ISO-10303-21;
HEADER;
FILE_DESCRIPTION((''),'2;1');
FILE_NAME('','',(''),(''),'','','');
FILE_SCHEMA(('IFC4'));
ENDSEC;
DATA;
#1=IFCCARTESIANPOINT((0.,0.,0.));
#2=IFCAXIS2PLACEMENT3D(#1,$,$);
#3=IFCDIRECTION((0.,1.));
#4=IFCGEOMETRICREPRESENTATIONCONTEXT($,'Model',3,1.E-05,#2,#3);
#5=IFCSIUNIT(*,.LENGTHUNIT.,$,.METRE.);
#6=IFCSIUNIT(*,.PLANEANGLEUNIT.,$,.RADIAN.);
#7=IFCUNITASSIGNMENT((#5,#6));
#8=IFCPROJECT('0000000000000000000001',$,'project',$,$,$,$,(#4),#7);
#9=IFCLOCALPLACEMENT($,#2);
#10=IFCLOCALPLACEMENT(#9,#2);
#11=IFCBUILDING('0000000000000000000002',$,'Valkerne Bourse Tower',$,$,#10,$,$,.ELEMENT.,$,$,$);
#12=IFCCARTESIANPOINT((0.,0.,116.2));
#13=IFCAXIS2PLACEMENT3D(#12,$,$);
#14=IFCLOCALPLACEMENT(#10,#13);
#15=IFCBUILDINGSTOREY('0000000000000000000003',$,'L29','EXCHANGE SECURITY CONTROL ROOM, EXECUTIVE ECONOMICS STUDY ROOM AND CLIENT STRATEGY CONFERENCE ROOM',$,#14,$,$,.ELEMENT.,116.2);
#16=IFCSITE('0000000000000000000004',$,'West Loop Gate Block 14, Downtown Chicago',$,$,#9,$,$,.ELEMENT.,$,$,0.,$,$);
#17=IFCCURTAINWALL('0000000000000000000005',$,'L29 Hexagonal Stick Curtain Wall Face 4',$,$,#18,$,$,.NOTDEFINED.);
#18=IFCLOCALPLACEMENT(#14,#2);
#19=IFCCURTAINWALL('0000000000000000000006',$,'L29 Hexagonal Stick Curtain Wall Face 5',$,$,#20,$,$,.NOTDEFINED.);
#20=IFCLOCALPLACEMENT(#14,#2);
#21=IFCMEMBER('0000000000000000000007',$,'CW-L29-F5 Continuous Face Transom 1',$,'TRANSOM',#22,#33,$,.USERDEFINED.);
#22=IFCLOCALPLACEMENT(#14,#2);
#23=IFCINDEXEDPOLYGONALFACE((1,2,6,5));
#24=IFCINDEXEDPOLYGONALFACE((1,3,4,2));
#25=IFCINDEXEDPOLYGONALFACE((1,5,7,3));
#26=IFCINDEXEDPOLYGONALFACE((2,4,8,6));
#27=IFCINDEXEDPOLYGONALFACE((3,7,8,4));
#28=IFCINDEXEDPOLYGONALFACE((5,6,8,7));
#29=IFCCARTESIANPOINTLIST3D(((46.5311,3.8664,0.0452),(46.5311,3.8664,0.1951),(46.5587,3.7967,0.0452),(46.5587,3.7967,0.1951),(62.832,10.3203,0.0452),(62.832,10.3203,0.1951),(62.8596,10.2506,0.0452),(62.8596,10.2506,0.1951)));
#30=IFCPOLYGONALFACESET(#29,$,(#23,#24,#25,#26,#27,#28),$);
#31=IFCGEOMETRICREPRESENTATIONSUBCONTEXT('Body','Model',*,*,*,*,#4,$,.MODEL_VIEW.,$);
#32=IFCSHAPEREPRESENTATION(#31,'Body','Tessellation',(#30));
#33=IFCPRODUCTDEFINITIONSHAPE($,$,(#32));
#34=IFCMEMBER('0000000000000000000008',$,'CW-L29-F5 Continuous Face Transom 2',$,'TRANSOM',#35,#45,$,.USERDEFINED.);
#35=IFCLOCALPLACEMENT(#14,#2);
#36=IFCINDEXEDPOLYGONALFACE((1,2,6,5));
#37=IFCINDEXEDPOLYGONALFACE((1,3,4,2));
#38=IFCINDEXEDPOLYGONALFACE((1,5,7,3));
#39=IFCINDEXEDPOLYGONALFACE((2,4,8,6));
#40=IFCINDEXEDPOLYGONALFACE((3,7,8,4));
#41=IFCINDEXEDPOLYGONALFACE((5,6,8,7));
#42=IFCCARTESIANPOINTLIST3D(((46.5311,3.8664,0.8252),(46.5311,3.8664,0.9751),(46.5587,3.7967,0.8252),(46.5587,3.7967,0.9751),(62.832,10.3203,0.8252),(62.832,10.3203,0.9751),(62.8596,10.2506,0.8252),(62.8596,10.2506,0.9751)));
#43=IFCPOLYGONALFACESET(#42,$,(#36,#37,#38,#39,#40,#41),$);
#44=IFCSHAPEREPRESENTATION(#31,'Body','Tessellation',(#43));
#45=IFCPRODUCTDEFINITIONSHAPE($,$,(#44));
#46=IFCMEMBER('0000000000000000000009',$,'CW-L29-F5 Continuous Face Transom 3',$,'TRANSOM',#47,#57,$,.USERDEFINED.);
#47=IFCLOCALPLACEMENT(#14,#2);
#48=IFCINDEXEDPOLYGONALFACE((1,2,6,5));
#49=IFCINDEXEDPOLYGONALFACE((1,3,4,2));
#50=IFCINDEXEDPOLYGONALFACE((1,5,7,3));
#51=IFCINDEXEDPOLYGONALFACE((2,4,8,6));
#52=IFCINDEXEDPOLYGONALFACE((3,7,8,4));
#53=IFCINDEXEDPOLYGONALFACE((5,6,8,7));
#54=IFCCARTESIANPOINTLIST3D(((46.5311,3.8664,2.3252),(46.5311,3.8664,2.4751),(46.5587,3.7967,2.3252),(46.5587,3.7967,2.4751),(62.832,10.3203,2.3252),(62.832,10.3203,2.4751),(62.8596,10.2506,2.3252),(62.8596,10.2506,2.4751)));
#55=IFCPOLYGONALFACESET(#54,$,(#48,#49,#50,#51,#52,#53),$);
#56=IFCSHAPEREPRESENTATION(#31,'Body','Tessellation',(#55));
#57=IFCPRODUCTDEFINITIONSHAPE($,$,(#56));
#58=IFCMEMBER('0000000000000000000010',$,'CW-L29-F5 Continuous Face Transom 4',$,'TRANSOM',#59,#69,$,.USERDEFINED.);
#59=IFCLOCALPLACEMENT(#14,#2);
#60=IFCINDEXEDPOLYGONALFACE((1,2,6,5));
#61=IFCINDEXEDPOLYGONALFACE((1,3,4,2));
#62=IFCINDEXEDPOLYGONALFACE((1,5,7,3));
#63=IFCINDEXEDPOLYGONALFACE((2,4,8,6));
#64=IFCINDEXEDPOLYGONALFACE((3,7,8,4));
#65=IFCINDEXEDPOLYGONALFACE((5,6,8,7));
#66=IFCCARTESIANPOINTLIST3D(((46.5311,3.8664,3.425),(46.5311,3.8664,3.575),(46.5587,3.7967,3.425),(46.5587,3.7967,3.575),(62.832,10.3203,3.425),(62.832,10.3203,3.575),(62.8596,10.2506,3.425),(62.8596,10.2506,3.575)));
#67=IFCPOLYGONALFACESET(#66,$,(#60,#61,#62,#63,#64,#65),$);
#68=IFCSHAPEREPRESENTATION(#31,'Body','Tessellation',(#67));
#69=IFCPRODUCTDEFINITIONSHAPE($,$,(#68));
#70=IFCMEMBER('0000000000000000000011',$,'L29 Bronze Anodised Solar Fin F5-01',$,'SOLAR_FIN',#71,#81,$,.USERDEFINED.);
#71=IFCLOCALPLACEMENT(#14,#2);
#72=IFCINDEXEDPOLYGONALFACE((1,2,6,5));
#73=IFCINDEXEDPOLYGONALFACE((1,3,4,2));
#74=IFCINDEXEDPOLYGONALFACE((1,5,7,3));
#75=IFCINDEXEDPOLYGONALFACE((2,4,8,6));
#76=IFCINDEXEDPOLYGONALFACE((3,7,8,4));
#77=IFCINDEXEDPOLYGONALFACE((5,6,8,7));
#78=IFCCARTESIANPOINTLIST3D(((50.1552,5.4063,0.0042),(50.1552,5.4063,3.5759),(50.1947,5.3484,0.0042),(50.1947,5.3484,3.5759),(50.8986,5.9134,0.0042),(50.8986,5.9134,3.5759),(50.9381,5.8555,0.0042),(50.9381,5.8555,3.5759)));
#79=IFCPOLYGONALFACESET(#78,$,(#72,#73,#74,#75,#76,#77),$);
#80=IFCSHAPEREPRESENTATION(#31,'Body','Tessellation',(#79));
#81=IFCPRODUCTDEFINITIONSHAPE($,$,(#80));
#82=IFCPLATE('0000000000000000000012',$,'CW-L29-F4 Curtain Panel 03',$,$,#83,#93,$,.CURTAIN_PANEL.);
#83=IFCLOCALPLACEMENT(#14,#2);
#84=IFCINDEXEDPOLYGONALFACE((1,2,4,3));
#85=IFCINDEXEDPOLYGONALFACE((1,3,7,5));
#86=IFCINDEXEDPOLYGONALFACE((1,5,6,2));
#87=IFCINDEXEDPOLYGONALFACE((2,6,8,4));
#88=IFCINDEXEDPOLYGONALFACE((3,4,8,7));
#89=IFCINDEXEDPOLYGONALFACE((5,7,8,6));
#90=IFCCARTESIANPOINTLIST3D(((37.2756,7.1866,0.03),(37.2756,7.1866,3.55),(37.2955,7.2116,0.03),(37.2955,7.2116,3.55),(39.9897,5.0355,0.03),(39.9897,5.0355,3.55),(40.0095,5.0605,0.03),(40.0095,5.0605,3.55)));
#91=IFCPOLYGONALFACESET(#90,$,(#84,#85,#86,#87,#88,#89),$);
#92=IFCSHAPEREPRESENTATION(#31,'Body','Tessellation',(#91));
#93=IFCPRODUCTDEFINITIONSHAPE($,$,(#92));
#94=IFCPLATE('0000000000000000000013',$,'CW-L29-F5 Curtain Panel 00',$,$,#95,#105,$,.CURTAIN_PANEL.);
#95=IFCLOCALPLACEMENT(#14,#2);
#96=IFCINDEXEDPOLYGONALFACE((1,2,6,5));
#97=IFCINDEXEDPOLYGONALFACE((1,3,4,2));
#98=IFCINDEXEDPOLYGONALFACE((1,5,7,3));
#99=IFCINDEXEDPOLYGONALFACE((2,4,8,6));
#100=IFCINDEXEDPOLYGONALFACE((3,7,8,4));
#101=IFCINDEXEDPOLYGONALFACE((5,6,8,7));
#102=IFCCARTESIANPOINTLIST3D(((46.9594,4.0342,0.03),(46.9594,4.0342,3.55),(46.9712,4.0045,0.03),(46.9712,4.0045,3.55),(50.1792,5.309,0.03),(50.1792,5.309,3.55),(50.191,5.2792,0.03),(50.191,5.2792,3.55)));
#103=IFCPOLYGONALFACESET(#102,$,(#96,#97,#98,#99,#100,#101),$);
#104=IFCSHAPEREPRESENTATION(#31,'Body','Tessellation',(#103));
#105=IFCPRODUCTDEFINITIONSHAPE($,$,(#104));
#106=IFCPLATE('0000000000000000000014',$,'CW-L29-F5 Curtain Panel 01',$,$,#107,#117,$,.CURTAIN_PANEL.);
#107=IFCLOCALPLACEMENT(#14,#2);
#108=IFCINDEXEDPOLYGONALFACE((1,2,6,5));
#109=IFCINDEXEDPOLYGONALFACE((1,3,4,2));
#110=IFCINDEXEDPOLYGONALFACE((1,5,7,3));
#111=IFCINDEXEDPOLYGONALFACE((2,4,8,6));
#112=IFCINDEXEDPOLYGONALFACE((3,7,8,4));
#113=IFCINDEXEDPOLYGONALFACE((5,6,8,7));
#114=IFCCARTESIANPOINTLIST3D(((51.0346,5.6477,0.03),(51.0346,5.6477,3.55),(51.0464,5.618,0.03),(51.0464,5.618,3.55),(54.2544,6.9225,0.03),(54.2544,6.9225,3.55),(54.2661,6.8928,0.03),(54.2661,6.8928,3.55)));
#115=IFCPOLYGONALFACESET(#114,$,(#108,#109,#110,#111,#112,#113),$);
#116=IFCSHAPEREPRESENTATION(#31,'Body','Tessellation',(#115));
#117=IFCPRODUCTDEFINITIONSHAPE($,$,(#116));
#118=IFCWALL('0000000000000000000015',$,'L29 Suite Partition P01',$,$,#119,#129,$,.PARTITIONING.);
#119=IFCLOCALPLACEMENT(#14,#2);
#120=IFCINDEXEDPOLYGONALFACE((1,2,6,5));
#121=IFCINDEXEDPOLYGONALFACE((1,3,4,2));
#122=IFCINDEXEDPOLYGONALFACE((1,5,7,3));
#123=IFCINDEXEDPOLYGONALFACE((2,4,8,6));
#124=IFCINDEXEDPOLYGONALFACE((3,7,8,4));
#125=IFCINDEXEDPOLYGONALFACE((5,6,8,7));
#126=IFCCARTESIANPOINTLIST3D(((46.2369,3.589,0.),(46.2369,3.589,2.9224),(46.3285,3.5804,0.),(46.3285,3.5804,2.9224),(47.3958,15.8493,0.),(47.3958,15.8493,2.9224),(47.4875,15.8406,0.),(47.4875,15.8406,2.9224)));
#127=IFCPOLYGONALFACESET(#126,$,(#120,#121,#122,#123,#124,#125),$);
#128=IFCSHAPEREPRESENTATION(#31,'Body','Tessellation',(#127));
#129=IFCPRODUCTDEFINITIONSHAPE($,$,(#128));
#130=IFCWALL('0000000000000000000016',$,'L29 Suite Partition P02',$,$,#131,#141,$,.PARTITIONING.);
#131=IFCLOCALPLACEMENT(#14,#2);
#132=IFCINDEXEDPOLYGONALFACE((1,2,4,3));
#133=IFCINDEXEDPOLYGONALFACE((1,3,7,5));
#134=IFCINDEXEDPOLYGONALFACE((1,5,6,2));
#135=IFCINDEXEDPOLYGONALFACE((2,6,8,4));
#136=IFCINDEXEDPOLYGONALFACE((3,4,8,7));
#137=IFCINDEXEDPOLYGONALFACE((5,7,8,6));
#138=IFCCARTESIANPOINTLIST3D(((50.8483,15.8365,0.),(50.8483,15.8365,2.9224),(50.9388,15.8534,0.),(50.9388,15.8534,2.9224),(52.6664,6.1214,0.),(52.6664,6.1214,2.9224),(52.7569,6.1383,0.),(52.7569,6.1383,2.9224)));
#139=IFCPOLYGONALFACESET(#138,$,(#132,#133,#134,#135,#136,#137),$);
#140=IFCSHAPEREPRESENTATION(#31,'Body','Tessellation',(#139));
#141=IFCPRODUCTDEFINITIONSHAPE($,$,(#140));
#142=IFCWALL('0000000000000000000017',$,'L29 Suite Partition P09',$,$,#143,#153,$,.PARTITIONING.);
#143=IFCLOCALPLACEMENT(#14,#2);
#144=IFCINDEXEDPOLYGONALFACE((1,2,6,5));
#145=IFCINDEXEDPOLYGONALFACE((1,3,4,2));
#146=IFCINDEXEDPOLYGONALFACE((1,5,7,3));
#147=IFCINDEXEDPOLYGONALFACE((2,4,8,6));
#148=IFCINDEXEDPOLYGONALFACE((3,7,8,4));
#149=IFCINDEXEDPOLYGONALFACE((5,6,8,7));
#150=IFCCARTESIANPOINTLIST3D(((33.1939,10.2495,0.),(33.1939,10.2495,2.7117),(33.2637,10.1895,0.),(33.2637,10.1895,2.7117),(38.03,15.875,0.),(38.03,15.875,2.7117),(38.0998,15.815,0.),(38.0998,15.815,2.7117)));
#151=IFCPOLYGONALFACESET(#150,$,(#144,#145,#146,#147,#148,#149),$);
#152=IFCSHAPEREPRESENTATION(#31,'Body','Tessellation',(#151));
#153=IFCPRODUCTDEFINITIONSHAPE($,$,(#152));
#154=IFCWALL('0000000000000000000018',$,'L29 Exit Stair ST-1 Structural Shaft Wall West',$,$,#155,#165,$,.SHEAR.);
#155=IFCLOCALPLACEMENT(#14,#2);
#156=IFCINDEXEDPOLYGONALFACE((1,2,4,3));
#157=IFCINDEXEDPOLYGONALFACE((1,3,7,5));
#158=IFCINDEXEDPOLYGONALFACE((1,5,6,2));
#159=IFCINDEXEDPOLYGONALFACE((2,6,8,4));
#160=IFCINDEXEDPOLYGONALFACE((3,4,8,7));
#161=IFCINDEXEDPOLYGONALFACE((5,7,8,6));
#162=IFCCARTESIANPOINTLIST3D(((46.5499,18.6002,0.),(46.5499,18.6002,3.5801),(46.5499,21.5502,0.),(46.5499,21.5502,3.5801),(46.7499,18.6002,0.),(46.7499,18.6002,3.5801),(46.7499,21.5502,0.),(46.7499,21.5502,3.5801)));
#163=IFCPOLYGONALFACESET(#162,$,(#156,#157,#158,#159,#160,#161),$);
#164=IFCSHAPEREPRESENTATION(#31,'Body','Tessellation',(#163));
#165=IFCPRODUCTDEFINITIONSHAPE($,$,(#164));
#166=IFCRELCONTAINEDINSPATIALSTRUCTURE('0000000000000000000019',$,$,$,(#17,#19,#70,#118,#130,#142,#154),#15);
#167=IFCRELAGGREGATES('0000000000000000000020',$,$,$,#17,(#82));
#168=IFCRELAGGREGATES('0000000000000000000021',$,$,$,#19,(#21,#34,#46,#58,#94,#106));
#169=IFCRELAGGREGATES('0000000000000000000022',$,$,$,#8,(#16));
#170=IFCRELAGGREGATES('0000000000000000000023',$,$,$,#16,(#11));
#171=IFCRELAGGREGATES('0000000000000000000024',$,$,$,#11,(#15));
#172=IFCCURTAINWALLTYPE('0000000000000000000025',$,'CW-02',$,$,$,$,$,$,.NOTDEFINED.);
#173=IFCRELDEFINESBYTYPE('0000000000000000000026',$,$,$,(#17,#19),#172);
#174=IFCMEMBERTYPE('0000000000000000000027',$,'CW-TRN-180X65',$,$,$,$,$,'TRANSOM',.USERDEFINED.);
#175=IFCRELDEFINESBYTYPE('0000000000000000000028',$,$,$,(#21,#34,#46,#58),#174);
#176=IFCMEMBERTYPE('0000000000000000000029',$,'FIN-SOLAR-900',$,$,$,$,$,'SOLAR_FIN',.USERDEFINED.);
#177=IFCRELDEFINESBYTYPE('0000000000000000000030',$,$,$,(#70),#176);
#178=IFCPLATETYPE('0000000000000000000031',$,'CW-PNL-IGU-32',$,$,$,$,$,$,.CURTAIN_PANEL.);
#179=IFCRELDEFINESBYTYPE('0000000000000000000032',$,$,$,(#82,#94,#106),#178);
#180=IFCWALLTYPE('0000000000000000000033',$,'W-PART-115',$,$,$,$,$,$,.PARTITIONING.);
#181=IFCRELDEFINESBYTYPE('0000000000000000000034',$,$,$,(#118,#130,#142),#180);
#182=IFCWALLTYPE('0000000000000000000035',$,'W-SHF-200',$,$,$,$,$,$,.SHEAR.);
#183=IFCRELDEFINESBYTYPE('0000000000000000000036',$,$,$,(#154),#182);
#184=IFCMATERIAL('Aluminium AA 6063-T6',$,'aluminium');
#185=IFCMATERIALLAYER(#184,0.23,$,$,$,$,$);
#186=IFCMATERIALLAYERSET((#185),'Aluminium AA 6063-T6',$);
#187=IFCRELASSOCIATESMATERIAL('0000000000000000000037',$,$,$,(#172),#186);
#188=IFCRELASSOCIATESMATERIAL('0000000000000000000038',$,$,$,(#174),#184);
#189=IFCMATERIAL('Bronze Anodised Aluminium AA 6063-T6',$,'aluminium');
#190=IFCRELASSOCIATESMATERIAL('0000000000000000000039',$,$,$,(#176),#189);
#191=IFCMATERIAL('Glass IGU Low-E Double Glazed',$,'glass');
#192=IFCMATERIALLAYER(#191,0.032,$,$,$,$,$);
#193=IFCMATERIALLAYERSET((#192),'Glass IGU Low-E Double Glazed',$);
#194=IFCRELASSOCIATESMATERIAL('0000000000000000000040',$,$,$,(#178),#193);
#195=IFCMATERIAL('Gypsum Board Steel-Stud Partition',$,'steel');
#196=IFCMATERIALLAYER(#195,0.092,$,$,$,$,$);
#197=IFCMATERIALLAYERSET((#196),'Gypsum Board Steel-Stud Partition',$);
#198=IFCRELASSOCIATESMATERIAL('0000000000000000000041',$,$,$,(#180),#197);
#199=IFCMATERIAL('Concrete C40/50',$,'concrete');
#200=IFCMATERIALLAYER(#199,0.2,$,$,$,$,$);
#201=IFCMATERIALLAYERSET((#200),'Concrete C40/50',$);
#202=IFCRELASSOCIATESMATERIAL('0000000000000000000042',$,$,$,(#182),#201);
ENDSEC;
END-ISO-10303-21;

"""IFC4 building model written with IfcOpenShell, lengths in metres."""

from ifc_helpers import new_model, si_unit, direction, frame, frame_2d, origin, origin_2d, place, context, subcontext, project, spatial, rectangle, extrude, material, layer, layer_set, material_profile, profile_set, type_object, element, aggregate, save


model = new_model("IFC4")

# Units and contexts
model_context = context("Model", 3, precision=1e-05, world=origin(), true_north=direction((0.0, 1.0)))
body_context = subcontext(model_context, "Body", "Model", "MODEL_VIEW")
ifc_project = project(units=[si_unit("LENGTHUNIT", "METRE"), si_unit("PLANEANGLEUNIT", "RADIAN")], contexts=[model_context])

# Site, building, storey
site_placement = place(None, origin())
site = spatial("IfcSite", under=ifc_project, at=site_placement, Name="West Loop Gate Block 14, Downtown Chicago", CompositionType="ELEMENT", RefElevation=0.0)
building_placement = place(site_placement, origin())
building = spatial("IfcBuilding", under=site, at=building_placement, Name="Valkerne Bourse Tower", CompositionType="ELEMENT")
storey_placement = place(building_placement, frame((0.0, 0.0, 116.2)))
storey = spatial("IfcBuildingStorey", under=building, at=storey_placement, Name="L29", Description="EXCHANGE SECURITY CONTROL ROOM, EXECUTIVE ECONOMICS STUDY ROOM AND CLIENT STRATEGY CONFERENCE ROOM", CompositionType="ELEMENT", Elevation=116.2)

# Curtain wall
ifc_material_1 = material(Name="Aluminium AA 6063-T6", Category="aluminium")
ifc_layer_1 = layer(ifc_material_1, 0.23)
ifc_layer_set_1 = layer_set([ifc_layer_1], Name="Aluminium AA 6063-T6")
curtain_wall_type = type_object("IfcCurtainWallType", Name="CW-02", PredefinedType="NOTDEFINED", material=ifc_layer_set_1)
curtain_wall_1_placement = place(storey_placement, origin())
curtain_wall_1 = element("IfcCurtainWall", 1, at=curtain_wall_1_placement, inside=storey, type_object=curtain_wall_type, Name="L29 Hexagonal Stick Curtain Wall Face 4", PredefinedType="NOTDEFINED")

# Curtain wall, members
curtain_wall_2_placement = place(storey_placement, origin())
curtain_wall_2 = element("IfcCurtainWall", 2, at=curtain_wall_2_placement, inside=storey, type_object=curtain_wall_type, Name="L29 Hexagonal Stick Curtain Wall Face 5", PredefinedType="NOTDEFINED")
ifc_material_profile_1 = material_profile(ifc_material_1, rectangle(XDim=0.075, YDim=0.1499, at=origin_2d()), Name="CWT-75X150")
ifc_profile_set_1 = profile_set([ifc_material_profile_1], Name="Aluminium AA 6063-T6")
member_type_1 = type_object("IfcMemberType", Name="CW-TRN-180X65", ElementType="TRANSOM", PredefinedType="USERDEFINED", material=ifc_profile_set_1)
member_1_placement = place(storey_placement, frame((46.5449, 3.8315, 0.1201), z_axis=(0.929778, 0.368121, 0.0), x_axis=(-0.368121, 0.929778, 0.0)))
member_1 = element("IfcMember", 3, at=member_1_placement, type_object=member_type_1, Name="CW-L29-F5 Continuous Face Transom 1", ObjectType="TRANSOM", PredefinedType="USERDEFINED", context=body_context, shape_type="SweptSolid", body=[
    extrude(rectangle(XDim=0.075, YDim=0.1499, at=origin_2d()), origin(), (0.0, 0.0, 1.0), 17.532),
])
member_2_placement = place(storey_placement, frame((46.5449, 3.8315, 0.9001), z_axis=(0.929778, 0.368121, 0.0), x_axis=(-0.368121, 0.929778, 0.0)))
member_2 = element("IfcMember", 4, at=member_2_placement, type_object=member_type_1, Name="CW-L29-F5 Continuous Face Transom 2", ObjectType="TRANSOM", PredefinedType="USERDEFINED", context=body_context, shape_type="SweptSolid", body=[
    extrude(rectangle(XDim=0.075, YDim=0.1499, at=origin_2d()), origin(), (0.0, 0.0, 1.0), 17.532),
])
member_3_placement = place(storey_placement, frame((46.5449, 3.8315, 2.4001), z_axis=(0.929778, 0.368121, 0.0), x_axis=(-0.368121, 0.929778, 0.0)))
member_3 = element("IfcMember", 5, at=member_3_placement, type_object=member_type_1, Name="CW-L29-F5 Continuous Face Transom 3", ObjectType="TRANSOM", PredefinedType="USERDEFINED", context=body_context, shape_type="SweptSolid", body=[
    extrude(rectangle(XDim=0.075, YDim=0.1499, at=origin_2d()), origin(), (0.0, 0.0, 1.0), 17.532),
])
member_4_placement = place(storey_placement, frame((46.5449, 3.8315, 3.5), z_axis=(0.929778, 0.368121, 0.0), x_axis=(-0.368121, 0.929778, 0.0)))
member_4 = element("IfcMember", 6, at=member_4_placement, type_object=member_type_1, Name="CW-L29-F5 Continuous Face Transom 4", ObjectType="TRANSOM", PredefinedType="USERDEFINED", context=body_context, shape_type="SweptSolid", body=[
    extrude(rectangle(XDim=0.075, YDim=0.1499, at=origin_2d()), origin(), (0.0, 0.0, 1.0), 17.532),
])

# Member
ifc_material_2 = material(Name="Bronze Anodised Aluminium AA 6063-T6", Category="aluminium")
ifc_material_profile_2 = material_profile(ifc_material_2, rectangle(XDim=0.0701, YDim=0.8999, at=origin_2d()), Name="FIN-70X900")
ifc_profile_set_2 = profile_set([ifc_material_profile_2], Name="Bronze Anodised Aluminium AA 6063-T6")
member_type_2 = type_object("IfcMemberType", Name="FIN-SOLAR-900", ElementType="SOLAR_FIN", PredefinedType="USERDEFINED", material=ifc_profile_set_2)
member_5_placement = place(storey_placement, frame((50.5466, 5.6309, 0.0042), z_axis=(0.0, 0.0, 1.0), x_axis=(0.563509, -0.82611, 0.0)))
element("IfcMember", 7, at=member_5_placement, inside=storey, type_object=member_type_2, Name="L29 Bronze Anodised Solar Fin F5-01", ObjectType="SOLAR_FIN", PredefinedType="USERDEFINED", context=body_context, shape_type="SweptSolid", body=[
    extrude(rectangle(XDim=0.0701, YDim=0.8999, at=origin_2d()), origin(), (0.0, 0.0, 1.0), 3.5718),
])

# Plates
ifc_material_3 = material(Name="Glass IGU Low-E Double Glazed", Category="glass")
ifc_layer_2 = layer(ifc_material_3, 0.032)
ifc_layer_set_2 = layer_set([ifc_layer_2], Name="Glass IGU Low-E Double Glazed")
plate_type = type_object("IfcPlateType", Name="CW-PNL-IGU-32", PredefinedType="CURTAIN_PANEL", material=ifc_layer_set_2)
plate_1_placement = place(storey_placement, frame((38.6426, 6.1235, 0.03), z_axis=(0.0, 0.0, 1.0), x_axis=(0.783699, -0.621141, 0.0)))
plate_1 = element("IfcPlate", 8, at=plate_1_placement, type_object=plate_type, Name="CW-L29-F4 Curtain Panel 03", PredefinedType="CURTAIN_PANEL", context=body_context, shape_type="SweptSolid", body=[
    extrude(rectangle(XDim=3.4631, YDim=0.032, at=origin_2d()), origin(), (0.0, 0.0, 1.0), 3.52),
])
aggregate(curtain_wall_1, [plate_1])
plate_2_placement = place(storey_placement, frame((48.5752, 4.6567, 0.03), z_axis=(0.0, 0.0, 1.0), x_axis=(0.929783, 0.368108, 0.0)))
plate_2 = element("IfcPlate", 9, at=plate_2_placement, type_object=plate_type, Name="CW-L29-F5 Curtain Panel 00", PredefinedType="CURTAIN_PANEL", context=body_context, shape_type="SweptSolid", body=[
    extrude(rectangle(XDim=3.4629, YDim=0.032, at=origin_2d()), origin(), (0.0, 0.0, 1.0), 3.52),
])
plate_3_placement = place(storey_placement, frame((52.6504, 6.2703, 0.03), z_axis=(0.0, 0.0, 1.0), x_axis=(0.929775, 0.368127, 0.0)))
plate_3 = element("IfcPlate", 10, at=plate_3_placement, type_object=plate_type, Name="CW-L29-F5 Curtain Panel 01", PredefinedType="CURTAIN_PANEL", context=body_context, shape_type="SweptSolid", body=[
    extrude(rectangle(XDim=3.4629, YDim=0.032, at=origin_2d()), origin(), (0.0, 0.0, 1.0), 3.52),
])
aggregate(curtain_wall_2, [member_1, member_2, member_3, member_4, plate_2, plate_3])

# Walls
ifc_material_4 = material(Name="Gypsum Board Steel-Stud Partition", Category="steel")
ifc_layer_3 = layer(ifc_material_4, 0.092)
ifc_layer_set_3 = layer_set([ifc_layer_3], Name="Gypsum Board Steel-Stud Partition")
wall_type_1 = type_object("IfcWallType", Name="W-PART-115", PredefinedType="PARTITIONING", material=ifc_layer_set_3)
wall_1_placement = place(storey_placement, frame((47.4417, 15.845, 0.0), z_axis=(0.0, 0.0, 1.0), x_axis=(-0.094108, -0.995562, 0.0)))
element("IfcWall", 11, at=wall_1_placement, inside=storey, type_object=wall_type_1, Name="L29 Suite Partition P01", PredefinedType="PARTITIONING", context=body_context, shape_type="SweptSolid", body=[
    extrude(rectangle(XDim=12.3149, YDim=0.092, at=frame_2d((6.1575, 0.0))), origin(), (0.0, 0.0, 1.0), 2.9224),
])
wall_2_placement = place(storey_placement, frame((50.8936, 15.845, 0.0), z_axis=(0.0, 0.0, 1.0), x_axis=(0.18395, -0.982936, 0.0)))
element("IfcWall", 12, at=wall_2_placement, inside=storey, type_object=wall_type_1, Name="L29 Suite Partition P02", PredefinedType="PARTITIONING", context=body_context, shape_type="SweptSolid", body=[
    extrude(rectangle(XDim=9.8838, YDim=0.092, at=frame_2d((4.9419, 0.0))), origin(), (0.0, 0.0, 1.0), 2.9224),
])
wall_3_placement = place(storey_placement, frame((38.0649, 15.845, 0.0), z_axis=(0.0, 0.0, 1.0), x_axis=(-0.651905, -0.758301, 0.0)))
element("IfcWall", 13, at=wall_3_placement, inside=storey, type_object=wall_type_1, Name="L29 Suite Partition P09", PredefinedType="PARTITIONING", context=body_context, shape_type="SweptSolid", body=[
    extrude(rectangle(XDim=7.4185, YDim=0.092, at=frame_2d((3.7092, 0.0))), origin(), (0.0, 0.0, 1.0), 2.7117),
])
ifc_material_5 = material(Name="Concrete C40/50", Category="concrete")
ifc_layer_4 = layer(ifc_material_5, 0.2)
ifc_layer_set_4 = layer_set([ifc_layer_4], Name="Concrete C40/50")
wall_type_2 = type_object("IfcWallType", Name="W-SHF-200", PredefinedType="SHEAR", material=ifc_layer_set_4)
wall_4_placement = place(storey_placement, frame((46.6499, 18.6001, 0.0), z_axis=(0.0, 0.0, 1.0), x_axis=(0.0, 1.0, 0.0)))
element("IfcWall", 14, at=wall_4_placement, inside=storey, type_object=wall_type_2, Name="L29 Exit Stair ST-1 Structural Shaft Wall West", PredefinedType="SHEAR", context=body_context, shape_type="SweptSolid", body=[
    extrude(rectangle(XDim=2.95, YDim=0.2, at=frame_2d((1.4751, 0.0))), origin(), (0.0, 0.0, 1.0), 3.5801),
])

save(model, "model.ifc")
